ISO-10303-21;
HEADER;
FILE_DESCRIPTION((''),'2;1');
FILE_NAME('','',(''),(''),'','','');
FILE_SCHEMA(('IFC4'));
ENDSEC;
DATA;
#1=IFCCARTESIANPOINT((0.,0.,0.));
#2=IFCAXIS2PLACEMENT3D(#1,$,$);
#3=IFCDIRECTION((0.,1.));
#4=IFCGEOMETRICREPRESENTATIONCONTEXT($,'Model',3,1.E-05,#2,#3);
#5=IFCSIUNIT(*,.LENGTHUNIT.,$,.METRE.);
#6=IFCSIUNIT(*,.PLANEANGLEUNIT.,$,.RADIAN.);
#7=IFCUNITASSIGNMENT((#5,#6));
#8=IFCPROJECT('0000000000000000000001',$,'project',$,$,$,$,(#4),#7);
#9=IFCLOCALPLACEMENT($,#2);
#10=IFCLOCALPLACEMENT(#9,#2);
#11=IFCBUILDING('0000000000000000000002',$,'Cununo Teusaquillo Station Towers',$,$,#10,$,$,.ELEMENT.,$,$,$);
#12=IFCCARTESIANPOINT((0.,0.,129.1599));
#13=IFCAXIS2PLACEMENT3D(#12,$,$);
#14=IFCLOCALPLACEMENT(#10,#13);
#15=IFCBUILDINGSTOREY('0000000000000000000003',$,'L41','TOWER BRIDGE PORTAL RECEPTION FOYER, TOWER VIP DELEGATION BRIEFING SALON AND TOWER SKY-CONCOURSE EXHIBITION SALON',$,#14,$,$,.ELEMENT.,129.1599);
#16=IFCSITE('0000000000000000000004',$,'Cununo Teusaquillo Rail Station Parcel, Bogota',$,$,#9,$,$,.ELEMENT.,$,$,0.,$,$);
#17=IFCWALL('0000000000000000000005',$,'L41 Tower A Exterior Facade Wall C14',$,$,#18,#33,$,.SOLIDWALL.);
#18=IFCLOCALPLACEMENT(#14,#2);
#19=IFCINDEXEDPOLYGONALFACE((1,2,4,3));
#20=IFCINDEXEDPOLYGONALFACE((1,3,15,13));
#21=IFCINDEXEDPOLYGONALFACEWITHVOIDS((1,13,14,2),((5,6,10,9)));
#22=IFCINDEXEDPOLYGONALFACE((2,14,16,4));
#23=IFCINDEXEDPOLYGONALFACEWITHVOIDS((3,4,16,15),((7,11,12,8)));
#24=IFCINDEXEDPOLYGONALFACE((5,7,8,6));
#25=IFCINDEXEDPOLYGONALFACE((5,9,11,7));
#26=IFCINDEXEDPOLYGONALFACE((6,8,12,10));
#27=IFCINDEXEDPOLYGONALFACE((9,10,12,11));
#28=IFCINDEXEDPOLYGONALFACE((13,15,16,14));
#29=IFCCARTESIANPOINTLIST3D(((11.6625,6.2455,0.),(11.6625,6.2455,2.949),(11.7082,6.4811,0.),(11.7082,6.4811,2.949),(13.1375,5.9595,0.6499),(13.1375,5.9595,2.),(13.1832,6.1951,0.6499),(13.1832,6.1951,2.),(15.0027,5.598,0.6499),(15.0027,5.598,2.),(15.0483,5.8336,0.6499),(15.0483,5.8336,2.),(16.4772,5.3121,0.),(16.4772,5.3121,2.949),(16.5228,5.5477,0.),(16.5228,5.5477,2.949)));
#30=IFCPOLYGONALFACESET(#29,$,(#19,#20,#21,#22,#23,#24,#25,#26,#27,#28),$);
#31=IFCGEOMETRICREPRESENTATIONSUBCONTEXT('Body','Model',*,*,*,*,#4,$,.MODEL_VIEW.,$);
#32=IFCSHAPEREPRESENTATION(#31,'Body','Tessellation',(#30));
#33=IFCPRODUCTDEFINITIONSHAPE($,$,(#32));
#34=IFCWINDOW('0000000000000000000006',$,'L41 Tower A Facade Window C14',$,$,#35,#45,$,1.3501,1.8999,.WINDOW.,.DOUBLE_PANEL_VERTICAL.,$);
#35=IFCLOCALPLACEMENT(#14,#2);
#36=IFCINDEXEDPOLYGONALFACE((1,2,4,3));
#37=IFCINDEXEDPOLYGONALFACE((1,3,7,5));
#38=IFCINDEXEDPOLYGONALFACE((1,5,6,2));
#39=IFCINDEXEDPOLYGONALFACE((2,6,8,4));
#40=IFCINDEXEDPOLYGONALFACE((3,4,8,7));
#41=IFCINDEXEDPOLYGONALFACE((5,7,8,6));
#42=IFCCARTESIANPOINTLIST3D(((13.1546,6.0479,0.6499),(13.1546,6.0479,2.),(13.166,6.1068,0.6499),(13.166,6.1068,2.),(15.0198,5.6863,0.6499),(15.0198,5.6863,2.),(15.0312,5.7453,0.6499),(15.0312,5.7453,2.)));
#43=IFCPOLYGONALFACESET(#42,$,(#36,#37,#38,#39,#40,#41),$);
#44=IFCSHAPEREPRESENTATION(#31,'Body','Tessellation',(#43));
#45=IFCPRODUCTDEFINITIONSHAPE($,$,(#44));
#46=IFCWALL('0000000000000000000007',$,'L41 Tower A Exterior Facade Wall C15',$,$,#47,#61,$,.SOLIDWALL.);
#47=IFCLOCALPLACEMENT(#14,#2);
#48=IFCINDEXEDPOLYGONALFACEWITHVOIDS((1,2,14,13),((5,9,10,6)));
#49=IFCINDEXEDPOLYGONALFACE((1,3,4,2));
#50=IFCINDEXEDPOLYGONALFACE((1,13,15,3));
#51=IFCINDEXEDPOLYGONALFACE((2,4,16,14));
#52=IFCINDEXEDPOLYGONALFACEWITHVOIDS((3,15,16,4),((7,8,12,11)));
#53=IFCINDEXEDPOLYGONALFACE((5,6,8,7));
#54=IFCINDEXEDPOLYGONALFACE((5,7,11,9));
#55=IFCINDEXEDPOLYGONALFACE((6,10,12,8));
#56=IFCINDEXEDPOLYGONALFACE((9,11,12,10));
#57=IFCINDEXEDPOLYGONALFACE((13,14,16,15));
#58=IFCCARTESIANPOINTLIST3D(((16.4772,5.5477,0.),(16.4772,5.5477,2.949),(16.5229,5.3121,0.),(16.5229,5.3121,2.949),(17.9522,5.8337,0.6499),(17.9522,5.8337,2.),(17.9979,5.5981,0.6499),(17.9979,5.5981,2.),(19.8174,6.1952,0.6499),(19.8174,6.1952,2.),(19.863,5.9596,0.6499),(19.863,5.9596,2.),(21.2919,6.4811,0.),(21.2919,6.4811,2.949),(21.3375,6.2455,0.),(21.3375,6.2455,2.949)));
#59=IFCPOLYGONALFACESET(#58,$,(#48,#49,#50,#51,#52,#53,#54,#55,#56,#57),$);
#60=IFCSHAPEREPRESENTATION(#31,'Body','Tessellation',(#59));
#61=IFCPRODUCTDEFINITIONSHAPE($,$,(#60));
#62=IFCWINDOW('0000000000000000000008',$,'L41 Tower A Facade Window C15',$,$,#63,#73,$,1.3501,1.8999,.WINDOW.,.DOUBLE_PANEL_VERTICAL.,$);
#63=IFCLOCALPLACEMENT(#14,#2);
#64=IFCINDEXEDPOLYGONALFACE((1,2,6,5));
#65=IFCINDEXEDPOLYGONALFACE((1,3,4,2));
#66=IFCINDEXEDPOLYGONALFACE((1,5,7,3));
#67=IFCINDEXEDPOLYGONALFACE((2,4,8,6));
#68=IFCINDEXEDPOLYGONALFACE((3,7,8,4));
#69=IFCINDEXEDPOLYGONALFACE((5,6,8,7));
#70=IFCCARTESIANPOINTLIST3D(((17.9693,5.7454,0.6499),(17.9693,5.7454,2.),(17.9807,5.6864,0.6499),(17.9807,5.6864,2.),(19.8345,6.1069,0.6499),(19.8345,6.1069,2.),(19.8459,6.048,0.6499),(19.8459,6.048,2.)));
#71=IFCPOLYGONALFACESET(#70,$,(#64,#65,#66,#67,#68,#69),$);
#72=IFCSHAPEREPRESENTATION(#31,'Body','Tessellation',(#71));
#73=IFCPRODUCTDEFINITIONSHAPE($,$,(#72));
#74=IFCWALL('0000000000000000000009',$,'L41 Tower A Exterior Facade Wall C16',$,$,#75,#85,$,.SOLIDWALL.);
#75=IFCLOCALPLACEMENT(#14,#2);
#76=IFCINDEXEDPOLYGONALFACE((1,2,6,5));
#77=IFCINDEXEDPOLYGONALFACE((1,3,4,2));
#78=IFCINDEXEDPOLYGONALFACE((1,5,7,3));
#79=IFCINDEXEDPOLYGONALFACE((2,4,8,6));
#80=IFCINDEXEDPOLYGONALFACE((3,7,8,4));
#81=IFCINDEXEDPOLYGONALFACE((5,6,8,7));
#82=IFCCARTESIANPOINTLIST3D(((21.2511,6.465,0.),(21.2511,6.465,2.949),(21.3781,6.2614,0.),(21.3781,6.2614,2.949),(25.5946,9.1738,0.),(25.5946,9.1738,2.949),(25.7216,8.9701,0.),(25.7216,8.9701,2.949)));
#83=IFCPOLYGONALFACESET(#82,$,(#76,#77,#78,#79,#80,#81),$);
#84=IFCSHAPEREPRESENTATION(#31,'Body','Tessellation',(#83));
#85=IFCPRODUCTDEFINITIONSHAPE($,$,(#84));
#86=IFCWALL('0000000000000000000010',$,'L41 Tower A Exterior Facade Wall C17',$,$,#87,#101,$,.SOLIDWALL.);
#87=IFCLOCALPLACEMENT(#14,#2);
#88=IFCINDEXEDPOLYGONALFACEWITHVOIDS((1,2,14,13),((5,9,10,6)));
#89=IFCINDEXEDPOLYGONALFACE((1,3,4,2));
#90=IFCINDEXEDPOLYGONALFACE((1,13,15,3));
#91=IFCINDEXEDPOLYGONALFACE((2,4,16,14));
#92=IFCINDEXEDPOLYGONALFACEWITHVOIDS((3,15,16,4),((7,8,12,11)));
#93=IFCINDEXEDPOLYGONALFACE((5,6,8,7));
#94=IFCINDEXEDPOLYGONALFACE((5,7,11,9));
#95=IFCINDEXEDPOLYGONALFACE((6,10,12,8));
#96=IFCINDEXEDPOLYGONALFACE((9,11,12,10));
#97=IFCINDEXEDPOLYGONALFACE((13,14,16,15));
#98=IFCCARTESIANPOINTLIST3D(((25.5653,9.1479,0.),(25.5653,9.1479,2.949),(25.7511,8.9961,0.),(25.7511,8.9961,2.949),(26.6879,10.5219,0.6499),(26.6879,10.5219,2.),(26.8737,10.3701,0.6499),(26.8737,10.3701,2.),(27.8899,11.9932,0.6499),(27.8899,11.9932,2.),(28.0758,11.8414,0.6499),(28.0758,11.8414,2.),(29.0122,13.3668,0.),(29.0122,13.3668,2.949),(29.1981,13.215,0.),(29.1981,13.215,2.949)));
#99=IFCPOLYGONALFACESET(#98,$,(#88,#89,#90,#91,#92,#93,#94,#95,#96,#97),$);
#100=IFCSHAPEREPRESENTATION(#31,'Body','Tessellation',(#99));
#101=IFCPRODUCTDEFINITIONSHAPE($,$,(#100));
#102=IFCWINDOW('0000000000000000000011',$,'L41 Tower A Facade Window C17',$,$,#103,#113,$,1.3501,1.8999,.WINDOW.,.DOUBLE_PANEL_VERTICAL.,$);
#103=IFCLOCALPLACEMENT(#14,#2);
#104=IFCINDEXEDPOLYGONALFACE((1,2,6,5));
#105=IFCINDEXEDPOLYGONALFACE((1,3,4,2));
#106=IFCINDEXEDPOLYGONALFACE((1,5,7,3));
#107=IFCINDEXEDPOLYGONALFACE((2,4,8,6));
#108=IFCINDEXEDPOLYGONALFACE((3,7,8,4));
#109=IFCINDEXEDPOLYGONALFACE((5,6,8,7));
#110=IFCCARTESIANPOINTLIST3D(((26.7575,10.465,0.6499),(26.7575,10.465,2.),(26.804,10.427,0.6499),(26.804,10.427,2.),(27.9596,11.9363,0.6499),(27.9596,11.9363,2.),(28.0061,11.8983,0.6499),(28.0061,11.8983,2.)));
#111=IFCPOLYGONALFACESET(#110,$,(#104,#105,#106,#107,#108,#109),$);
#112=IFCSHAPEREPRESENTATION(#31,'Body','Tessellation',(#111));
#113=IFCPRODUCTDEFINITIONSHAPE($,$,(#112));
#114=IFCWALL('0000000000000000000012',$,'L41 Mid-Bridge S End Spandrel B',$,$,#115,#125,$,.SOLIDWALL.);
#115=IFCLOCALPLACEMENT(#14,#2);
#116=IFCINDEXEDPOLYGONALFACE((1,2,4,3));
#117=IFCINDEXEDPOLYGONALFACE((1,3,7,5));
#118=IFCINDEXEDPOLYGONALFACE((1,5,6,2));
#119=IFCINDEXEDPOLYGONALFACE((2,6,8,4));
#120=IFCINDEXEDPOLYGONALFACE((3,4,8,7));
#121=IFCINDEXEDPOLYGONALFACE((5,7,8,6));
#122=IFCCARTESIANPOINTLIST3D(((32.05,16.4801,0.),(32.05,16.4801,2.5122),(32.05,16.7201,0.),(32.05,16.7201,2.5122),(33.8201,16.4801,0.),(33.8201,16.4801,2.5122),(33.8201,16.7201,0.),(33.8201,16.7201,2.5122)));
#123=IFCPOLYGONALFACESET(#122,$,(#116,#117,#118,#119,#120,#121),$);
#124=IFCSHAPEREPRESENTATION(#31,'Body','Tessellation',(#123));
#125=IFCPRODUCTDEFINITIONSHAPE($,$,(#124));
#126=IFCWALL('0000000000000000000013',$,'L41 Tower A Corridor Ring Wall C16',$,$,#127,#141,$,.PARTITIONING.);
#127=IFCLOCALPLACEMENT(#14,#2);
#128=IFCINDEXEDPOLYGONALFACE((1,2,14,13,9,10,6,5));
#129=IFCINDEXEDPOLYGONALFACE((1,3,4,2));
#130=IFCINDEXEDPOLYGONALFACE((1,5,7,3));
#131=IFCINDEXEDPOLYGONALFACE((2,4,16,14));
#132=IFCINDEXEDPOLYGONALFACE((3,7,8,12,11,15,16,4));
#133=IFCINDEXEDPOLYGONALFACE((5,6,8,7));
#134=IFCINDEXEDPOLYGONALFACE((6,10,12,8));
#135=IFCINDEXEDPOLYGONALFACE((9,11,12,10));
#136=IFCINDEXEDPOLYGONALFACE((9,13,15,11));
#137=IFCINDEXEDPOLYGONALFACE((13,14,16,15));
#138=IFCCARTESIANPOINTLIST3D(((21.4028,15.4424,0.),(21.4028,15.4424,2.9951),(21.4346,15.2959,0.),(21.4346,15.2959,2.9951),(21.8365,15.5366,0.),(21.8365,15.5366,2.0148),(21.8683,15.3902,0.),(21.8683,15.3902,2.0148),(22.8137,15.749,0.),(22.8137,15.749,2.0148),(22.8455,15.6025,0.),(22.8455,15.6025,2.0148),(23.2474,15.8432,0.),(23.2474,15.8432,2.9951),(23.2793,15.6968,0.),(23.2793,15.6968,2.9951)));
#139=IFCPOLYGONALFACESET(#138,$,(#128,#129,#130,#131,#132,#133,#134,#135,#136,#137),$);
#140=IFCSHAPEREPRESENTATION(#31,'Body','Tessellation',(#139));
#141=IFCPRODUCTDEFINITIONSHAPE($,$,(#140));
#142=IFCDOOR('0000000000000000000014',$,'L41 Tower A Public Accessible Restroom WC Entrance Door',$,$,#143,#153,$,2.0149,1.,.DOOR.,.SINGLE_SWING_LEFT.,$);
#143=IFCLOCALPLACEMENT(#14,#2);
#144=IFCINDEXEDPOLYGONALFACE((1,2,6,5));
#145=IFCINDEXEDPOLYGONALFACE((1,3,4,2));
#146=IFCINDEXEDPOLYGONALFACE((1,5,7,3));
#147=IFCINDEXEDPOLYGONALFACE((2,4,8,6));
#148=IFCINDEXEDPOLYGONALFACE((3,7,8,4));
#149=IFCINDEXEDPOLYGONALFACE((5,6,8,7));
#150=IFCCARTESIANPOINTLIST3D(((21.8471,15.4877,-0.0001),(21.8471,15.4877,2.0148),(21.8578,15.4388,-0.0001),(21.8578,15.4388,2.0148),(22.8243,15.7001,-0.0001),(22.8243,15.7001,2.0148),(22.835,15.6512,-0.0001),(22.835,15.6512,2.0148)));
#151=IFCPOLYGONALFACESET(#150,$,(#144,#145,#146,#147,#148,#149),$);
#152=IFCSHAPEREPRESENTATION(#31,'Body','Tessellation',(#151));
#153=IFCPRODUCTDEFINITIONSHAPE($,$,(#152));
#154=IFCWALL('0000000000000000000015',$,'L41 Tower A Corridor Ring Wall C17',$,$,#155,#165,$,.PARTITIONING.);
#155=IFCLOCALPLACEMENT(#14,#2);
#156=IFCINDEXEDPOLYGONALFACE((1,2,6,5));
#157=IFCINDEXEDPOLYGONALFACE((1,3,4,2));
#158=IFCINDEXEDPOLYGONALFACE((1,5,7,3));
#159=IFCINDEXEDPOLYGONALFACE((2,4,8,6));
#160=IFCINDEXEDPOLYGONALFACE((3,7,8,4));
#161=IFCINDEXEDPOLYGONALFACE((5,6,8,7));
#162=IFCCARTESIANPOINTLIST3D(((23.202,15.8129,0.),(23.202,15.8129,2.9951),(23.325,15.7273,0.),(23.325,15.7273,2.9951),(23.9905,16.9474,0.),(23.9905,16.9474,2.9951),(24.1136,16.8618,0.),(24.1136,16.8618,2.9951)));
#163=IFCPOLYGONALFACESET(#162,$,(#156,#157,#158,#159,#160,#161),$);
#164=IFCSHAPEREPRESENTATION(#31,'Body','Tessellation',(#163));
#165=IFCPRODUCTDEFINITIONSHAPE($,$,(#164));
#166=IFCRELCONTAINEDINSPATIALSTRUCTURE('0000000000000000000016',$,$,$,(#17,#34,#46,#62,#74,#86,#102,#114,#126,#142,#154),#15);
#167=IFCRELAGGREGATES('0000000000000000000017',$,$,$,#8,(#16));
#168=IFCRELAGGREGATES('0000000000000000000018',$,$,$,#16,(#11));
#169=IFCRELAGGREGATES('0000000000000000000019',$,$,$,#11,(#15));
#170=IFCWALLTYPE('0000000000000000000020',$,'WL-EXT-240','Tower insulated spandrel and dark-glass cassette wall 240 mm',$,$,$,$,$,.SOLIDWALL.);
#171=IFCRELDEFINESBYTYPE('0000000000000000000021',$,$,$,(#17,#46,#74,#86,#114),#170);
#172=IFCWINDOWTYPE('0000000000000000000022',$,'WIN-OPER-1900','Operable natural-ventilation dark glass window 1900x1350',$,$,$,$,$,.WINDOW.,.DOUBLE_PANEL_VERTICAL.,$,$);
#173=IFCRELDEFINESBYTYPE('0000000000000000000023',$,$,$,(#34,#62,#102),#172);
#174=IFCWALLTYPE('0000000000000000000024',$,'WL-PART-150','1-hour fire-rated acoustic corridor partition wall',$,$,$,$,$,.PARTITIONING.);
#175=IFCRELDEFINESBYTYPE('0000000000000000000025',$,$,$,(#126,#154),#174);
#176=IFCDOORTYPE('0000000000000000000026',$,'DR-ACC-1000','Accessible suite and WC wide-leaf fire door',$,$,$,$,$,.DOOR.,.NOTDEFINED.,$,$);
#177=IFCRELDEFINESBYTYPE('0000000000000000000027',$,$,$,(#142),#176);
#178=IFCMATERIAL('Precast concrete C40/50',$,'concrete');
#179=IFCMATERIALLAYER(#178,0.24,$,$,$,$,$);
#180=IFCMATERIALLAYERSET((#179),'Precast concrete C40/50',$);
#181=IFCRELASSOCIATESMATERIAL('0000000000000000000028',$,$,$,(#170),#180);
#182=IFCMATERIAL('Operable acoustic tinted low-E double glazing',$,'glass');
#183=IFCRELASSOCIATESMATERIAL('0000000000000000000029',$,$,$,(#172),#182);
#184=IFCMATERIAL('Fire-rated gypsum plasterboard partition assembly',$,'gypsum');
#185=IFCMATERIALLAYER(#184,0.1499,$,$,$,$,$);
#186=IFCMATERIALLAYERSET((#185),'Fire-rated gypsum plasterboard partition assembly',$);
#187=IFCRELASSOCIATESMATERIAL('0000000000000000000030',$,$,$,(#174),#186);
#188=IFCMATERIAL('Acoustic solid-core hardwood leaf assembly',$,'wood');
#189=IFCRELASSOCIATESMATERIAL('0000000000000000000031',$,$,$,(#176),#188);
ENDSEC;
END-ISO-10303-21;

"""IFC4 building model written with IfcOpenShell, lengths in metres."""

from ifc_helpers import new_model, si_unit, direction, frame, frame_2d, origin, place, context, subcontext, project, spatial, rectangle, extrude, source, transform, mapped, material, layer, layer_set, type_object, element, fill, save


model = new_model("IFC4")

# Units and contexts
model_context = context("Model", 3, precision=1e-05, world=origin(), true_north=direction((0.0, 1.0)))
body_context = subcontext(model_context, "Body", "Model", "MODEL_VIEW")
ifc_project = project(units=[si_unit("LENGTHUNIT", "METRE"), si_unit("PLANEANGLEUNIT", "RADIAN")], contexts=[model_context])

# Site, building, storey
site_placement = place(None, origin())
site = spatial("IfcSite", under=ifc_project, at=site_placement, Name="Cununo Teusaquillo Rail Station Parcel, Bogota", CompositionType="ELEMENT", RefElevation=0.0)
building_placement = place(site_placement, origin())
building = spatial("IfcBuilding", under=site, at=building_placement, Name="Cununo Teusaquillo Station Towers", CompositionType="ELEMENT")
storey_placement = place(building_placement, frame((0.0, 0.0, 129.1599)))
storey = spatial("IfcBuildingStorey", under=building, at=storey_placement, Name="L41", Description="TOWER BRIDGE PORTAL RECEPTION FOYER, TOWER VIP DELEGATION BRIEFING SALON AND TOWER SKY-CONCOURSE EXHIBITION SALON", CompositionType="ELEMENT", Elevation=129.1599)

# Walls, openings, windows
ifc_material_1 = material(Name="Precast concrete C40/50", Category="concrete")
ifc_layer_1 = layer(ifc_material_1, 0.24)
ifc_layer_set_1 = layer_set([ifc_layer_1], Name="Precast concrete C40/50")
wall_type_1 = type_object("IfcWallType", Name="WL-EXT-240", Description="Tower insulated spandrel and dark-glass cassette wall 240 mm", PredefinedType="SOLIDWALL", material=ifc_layer_set_1)
wall_1_placement = place(storey_placement, frame((16.5, 5.4299, 0.0), z_axis=(0.0, 0.0, 1.0), x_axis=(-0.981724, 0.190311, 0.0)))
wall_1 = element("IfcWall", 1, at=wall_1_placement, inside=storey, type_object=wall_type_1, Name="L41 Tower A Exterior Facade Wall C14", PredefinedType="SOLIDWALL", context=body_context, shape_type="SweptSolid", body=[
    extrude(rectangle(XDim=4.9043, YDim=0.24, at=frame_2d((2.4521, 0.0))), origin(), (0.0, 0.0, 1.0), 2.949),
])
shared_shape_1 = source(origin(), body_context, "Body", "SweptSolid", [
    extrude(rectangle(XDim=1.8999, YDim=1.3501, at=frame_2d((0.95, 0.675))), frame((0.0, 0.1299, 0.0), z_axis=(0.0, -1.0, 0.0), x_axis=(1.0, 0.0, 0.0)), (0.0, 0.0, 1.0), 0.26),
])
opening_1_placement = place(wall_1_placement, frame((1.502, 0.0, 0.6499)))
opening_1 = element("IfcOpeningElement", 2, at=opening_1_placement, cuts=wall_1, PredefinedType="OPENING", context=body_context, shape_type="MappedRepresentation", body=[
    mapped(shared_shape_1, transform((0.0, 0.0, 0.0), x_axis=(1.0, 0.0, 0.0), y_axis=(0.0, 1.0, 0.0), z_axis=(0.0, 0.0, 1.0), scale=1.0)),
])
ifc_material_2 = material(Name="Operable acoustic tinted low-E double glazing", Category="glass")
window_type = type_object("IfcWindowType", Name="WIN-OPER-1900", Description="Operable natural-ventilation dark glass window 1900x1350", PartitioningType="DOUBLE_PANEL_VERTICAL", PredefinedType="WINDOW", material=ifc_material_2)
shared_shape_2 = source(origin(), body_context, "Body", "SweptSolid", [
    extrude(rectangle(XDim=1.8999, YDim=1.3501, at=frame_2d((0.95, 0.675))), frame((0.0, 0.03, 0.0), z_axis=(0.0, -1.0, 0.0), x_axis=(1.0, 0.0, 0.0)), (0.0, 0.0, 1.0), 0.0601),
])
window_1_placement = place(opening_1_placement, origin())
window_1 = element("IfcWindow", 3, at=window_1_placement, inside=storey, type_object=window_type, Name="L41 Tower A Facade Window C14", OverallHeight=1.3501, OverallWidth=1.8999, PartitioningType="DOUBLE_PANEL_VERTICAL", PredefinedType="WINDOW", context=body_context, shape_type="MappedRepresentation", body=[
    mapped(shared_shape_2, transform((0.0, 0.0, 0.0), x_axis=(1.0, 0.0, 0.0), y_axis=(0.0, 1.0, 0.0), z_axis=(0.0, 0.0, 1.0), scale=1.0)),
])
fill(opening_1, window_1)
wall_2_placement = place(storey_placement, frame((21.3147, 6.3633, 0.0), z_axis=(0.0, 0.0, 1.0), x_axis=(-0.981724, -0.190311, 0.0)))
wall_2 = element("IfcWall", 4, at=wall_2_placement, inside=storey, type_object=wall_type_1, Name="L41 Tower A Exterior Facade Wall C15", PredefinedType="SOLIDWALL", context=body_context, shape_type="SweptSolid", body=[
    extrude(rectangle(XDim=4.9043, YDim=0.24, at=frame_2d((2.4521, 0.0))), origin(), (0.0, 0.0, 1.0), 2.949),
])
opening_2_placement = place(wall_2_placement, frame((1.502, 0.0, 0.6499)))
opening_2 = element("IfcOpeningElement", 5, at=opening_2_placement, cuts=wall_2, PredefinedType="OPENING", context=body_context, shape_type="MappedRepresentation", body=[
    mapped(shared_shape_1, transform((0.0, 0.0, 0.0), x_axis=(1.0, 0.0, 0.0), y_axis=(0.0, 1.0, 0.0), z_axis=(0.0, 0.0, 1.0), scale=1.0)),
])
window_2_placement = place(opening_2_placement, origin())
window_2 = element("IfcWindow", 6, at=window_2_placement, inside=storey, type_object=window_type, Name="L41 Tower A Facade Window C15", OverallHeight=1.3501, OverallWidth=1.8999, PartitioningType="DOUBLE_PANEL_VERTICAL", PredefinedType="WINDOW", context=body_context, shape_type="MappedRepresentation", body=[
    mapped(shared_shape_2, transform((0.0, 0.0, 0.0), x_axis=(1.0, 0.0, 0.0), y_axis=(0.0, 1.0, 0.0), z_axis=(0.0, 0.0, 1.0), scale=1.0)),
])
fill(opening_2, window_2)

# Wall
wall_3_placement = place(storey_placement, frame((25.6582, 9.072, 0.0), z_axis=(0.0, 0.0, 1.0), x_axis=(-0.84852, -0.529163, 0.0)))
element("IfcWall", 7, at=wall_3_placement, inside=storey, type_object=wall_type_1, Name="L41 Tower A Exterior Facade Wall C16", PredefinedType="SOLIDWALL", context=body_context, shape_type="SweptSolid", body=[
    extrude(rectangle(XDim=5.1189, YDim=0.24, at=frame_2d((2.5596, 0.0))), origin(), (0.0, 0.0, 1.0), 2.949),
])

# Wall, opening, window
wall_4_placement = place(storey_placement, frame((29.1052, 13.291, 0.0), z_axis=(0.0, 0.0, 1.0), x_axis=(-0.632701, -0.774396, 0.0)))
wall_4 = element("IfcWall", 8, at=wall_4_placement, inside=storey, type_object=wall_type_1, Name="L41 Tower A Exterior Facade Wall C17", PredefinedType="SOLIDWALL", context=body_context, shape_type="SweptSolid", body=[
    extrude(rectangle(XDim=5.448, YDim=0.24, at=frame_2d((2.7241, 0.0))), origin(), (0.0, 0.0, 1.0), 2.949),
])
opening_3_placement = place(wall_4_placement, frame((1.7739, 0.0, 0.6499)))
opening_3 = element("IfcOpeningElement", 9, at=opening_3_placement, cuts=wall_4, PredefinedType="OPENING", context=body_context, shape_type="MappedRepresentation", body=[
    mapped(shared_shape_1, transform((0.0, 0.0, 0.0), x_axis=(1.0, 0.0, 0.0), y_axis=(0.0, 1.0, 0.0), z_axis=(0.0, 0.0, 1.0), scale=1.0)),
])
window_3_placement = place(opening_3_placement, origin())
window_3 = element("IfcWindow", 10, at=window_3_placement, inside=storey, type_object=window_type, Name="L41 Tower A Facade Window C17", OverallHeight=1.3501, OverallWidth=1.8999, PartitioningType="DOUBLE_PANEL_VERTICAL", PredefinedType="WINDOW", context=body_context, shape_type="MappedRepresentation", body=[
    mapped(shared_shape_2, transform((0.0, 0.0, 0.0), x_axis=(1.0, 0.0, 0.0), y_axis=(0.0, 1.0, 0.0), z_axis=(0.0, 0.0, 1.0), scale=1.0)),
])
fill(opening_3, window_3)

# Wall
wall_5_placement = place(storey_placement, frame((33.8201, 16.6001, 0.0), z_axis=(0.0, 0.0, 1.0), x_axis=(-1.0, 0.0, 0.0)))
element("IfcWall", 11, at=wall_5_placement, inside=storey, type_object=wall_type_1, Name="L41 Mid-Bridge S End Spandrel B", PredefinedType="SOLIDWALL", context=body_context, shape_type="SweptSolid", body=[
    extrude(rectangle(XDim=1.77, YDim=0.24, at=frame_2d((0.885, 0.0))), origin(), (0.0, 0.0, 1.0), 2.5122),
])

# Wall, opening, door
ifc_material_3 = material(Name="Fire-rated gypsum plasterboard partition assembly", Category="gypsum")
ifc_layer_2 = layer(ifc_material_3, 0.1499)
ifc_layer_set_2 = layer_set([ifc_layer_2], Name="Fire-rated gypsum plasterboard partition assembly")
wall_type_2 = type_object("IfcWallType", Name="WL-PART-150", Description="1-hour fire-rated acoustic corridor partition wall", PredefinedType="PARTITIONING", material=ifc_layer_set_2)
wall_6_placement = place(storey_placement, frame((21.4187, 15.3691, 0.0), z_axis=(0.0, 0.0, 1.0), x_axis=(0.977193, 0.212354, 0.0)))
wall_6 = element("IfcWall", 12, at=wall_6_placement, inside=storey, type_object=wall_type_2, Name="L41 Tower A Corridor Ring Wall C16", PredefinedType="PARTITIONING", context=body_context, shape_type="SweptSolid", body=[
    extrude(rectangle(XDim=1.8877, YDim=0.1499, at=frame_2d((0.9438, 0.0))), origin(), (0.0, 0.0, 1.0), 2.9951),
])
shared_shape_3 = source(origin(), body_context, "Body", "SweptSolid", [
    extrude(rectangle(XDim=1.0, YDim=2.0149, at=frame_2d((0.5, 1.0073))), frame((0.0, 0.085, 0.0), z_axis=(0.0, -1.0, 0.0), x_axis=(1.0, 0.0, 0.0)), (0.0, 0.0, 1.0), 0.1699),
])
opening_4_placement = place(wall_6_placement, frame((0.4438, 0.0, 0.0)))
opening_4 = element("IfcOpeningElement", 13, at=opening_4_placement, cuts=wall_6, PredefinedType="OPENING", context=body_context, shape_type="MappedRepresentation", body=[
    mapped(shared_shape_3, transform((0.0, 0.0, 0.0), x_axis=(1.0, 0.0, 0.0), y_axis=(0.0, 1.0, 0.0), z_axis=(0.0, 0.0, 1.0), scale=1.0)),
])
ifc_material_4 = material(Name="Acoustic solid-core hardwood leaf assembly", Category="wood")
door_type = type_object("IfcDoorType", Name="DR-ACC-1000", Description="Accessible suite and WC wide-leaf fire door", OperationType="NOTDEFINED", PredefinedType="DOOR", material=ifc_material_4)
shared_shape_4 = source(origin(), body_context, "Body", "SweptSolid", [
    extrude(rectangle(XDim=1.0, YDim=2.0149, at=frame_2d((0.5, 1.0073))), frame((0.0, 0.0249, 0.0), z_axis=(0.0, -1.0, 0.0), x_axis=(1.0, 0.0, 0.0)), (0.0, 0.0, 1.0), 0.05),
])
door_placement = place(opening_4_placement, origin())
door = element("IfcDoor", 14, at=door_placement, inside=storey, type_object=door_type, Name="L41 Tower A Public Accessible Restroom WC Entrance Door", OperationType="SINGLE_SWING_LEFT", OverallHeight=2.0149, OverallWidth=1.0, PredefinedType="DOOR", context=body_context, shape_type="MappedRepresentation", body=[
    mapped(shared_shape_4, transform((0.0, 0.0, 0.0), x_axis=(1.0, 0.0, 0.0), y_axis=(0.0, 1.0, 0.0), z_axis=(0.0, 0.0, 1.0), scale=1.0)),
])
fill(opening_4, door)

# Wall
wall_7_placement = place(storey_placement, frame((23.2634, 15.77, 0.0), z_axis=(0.0, 0.0, 1.0), x_axis=(0.570743, 0.821128, 0.0)))
element("IfcWall", 15, at=wall_7_placement, inside=storey, type_object=wall_type_2, Name="L41 Tower A Corridor Ring Wall C17", PredefinedType="PARTITIONING", context=body_context, shape_type="SweptSolid", body=[
    extrude(rectangle(XDim=1.3816, YDim=0.1499, at=frame_2d((0.6909, 0.0))), origin(), (0.0, 0.0, 1.0), 2.9951),
])

save(model, "model.ifc")
